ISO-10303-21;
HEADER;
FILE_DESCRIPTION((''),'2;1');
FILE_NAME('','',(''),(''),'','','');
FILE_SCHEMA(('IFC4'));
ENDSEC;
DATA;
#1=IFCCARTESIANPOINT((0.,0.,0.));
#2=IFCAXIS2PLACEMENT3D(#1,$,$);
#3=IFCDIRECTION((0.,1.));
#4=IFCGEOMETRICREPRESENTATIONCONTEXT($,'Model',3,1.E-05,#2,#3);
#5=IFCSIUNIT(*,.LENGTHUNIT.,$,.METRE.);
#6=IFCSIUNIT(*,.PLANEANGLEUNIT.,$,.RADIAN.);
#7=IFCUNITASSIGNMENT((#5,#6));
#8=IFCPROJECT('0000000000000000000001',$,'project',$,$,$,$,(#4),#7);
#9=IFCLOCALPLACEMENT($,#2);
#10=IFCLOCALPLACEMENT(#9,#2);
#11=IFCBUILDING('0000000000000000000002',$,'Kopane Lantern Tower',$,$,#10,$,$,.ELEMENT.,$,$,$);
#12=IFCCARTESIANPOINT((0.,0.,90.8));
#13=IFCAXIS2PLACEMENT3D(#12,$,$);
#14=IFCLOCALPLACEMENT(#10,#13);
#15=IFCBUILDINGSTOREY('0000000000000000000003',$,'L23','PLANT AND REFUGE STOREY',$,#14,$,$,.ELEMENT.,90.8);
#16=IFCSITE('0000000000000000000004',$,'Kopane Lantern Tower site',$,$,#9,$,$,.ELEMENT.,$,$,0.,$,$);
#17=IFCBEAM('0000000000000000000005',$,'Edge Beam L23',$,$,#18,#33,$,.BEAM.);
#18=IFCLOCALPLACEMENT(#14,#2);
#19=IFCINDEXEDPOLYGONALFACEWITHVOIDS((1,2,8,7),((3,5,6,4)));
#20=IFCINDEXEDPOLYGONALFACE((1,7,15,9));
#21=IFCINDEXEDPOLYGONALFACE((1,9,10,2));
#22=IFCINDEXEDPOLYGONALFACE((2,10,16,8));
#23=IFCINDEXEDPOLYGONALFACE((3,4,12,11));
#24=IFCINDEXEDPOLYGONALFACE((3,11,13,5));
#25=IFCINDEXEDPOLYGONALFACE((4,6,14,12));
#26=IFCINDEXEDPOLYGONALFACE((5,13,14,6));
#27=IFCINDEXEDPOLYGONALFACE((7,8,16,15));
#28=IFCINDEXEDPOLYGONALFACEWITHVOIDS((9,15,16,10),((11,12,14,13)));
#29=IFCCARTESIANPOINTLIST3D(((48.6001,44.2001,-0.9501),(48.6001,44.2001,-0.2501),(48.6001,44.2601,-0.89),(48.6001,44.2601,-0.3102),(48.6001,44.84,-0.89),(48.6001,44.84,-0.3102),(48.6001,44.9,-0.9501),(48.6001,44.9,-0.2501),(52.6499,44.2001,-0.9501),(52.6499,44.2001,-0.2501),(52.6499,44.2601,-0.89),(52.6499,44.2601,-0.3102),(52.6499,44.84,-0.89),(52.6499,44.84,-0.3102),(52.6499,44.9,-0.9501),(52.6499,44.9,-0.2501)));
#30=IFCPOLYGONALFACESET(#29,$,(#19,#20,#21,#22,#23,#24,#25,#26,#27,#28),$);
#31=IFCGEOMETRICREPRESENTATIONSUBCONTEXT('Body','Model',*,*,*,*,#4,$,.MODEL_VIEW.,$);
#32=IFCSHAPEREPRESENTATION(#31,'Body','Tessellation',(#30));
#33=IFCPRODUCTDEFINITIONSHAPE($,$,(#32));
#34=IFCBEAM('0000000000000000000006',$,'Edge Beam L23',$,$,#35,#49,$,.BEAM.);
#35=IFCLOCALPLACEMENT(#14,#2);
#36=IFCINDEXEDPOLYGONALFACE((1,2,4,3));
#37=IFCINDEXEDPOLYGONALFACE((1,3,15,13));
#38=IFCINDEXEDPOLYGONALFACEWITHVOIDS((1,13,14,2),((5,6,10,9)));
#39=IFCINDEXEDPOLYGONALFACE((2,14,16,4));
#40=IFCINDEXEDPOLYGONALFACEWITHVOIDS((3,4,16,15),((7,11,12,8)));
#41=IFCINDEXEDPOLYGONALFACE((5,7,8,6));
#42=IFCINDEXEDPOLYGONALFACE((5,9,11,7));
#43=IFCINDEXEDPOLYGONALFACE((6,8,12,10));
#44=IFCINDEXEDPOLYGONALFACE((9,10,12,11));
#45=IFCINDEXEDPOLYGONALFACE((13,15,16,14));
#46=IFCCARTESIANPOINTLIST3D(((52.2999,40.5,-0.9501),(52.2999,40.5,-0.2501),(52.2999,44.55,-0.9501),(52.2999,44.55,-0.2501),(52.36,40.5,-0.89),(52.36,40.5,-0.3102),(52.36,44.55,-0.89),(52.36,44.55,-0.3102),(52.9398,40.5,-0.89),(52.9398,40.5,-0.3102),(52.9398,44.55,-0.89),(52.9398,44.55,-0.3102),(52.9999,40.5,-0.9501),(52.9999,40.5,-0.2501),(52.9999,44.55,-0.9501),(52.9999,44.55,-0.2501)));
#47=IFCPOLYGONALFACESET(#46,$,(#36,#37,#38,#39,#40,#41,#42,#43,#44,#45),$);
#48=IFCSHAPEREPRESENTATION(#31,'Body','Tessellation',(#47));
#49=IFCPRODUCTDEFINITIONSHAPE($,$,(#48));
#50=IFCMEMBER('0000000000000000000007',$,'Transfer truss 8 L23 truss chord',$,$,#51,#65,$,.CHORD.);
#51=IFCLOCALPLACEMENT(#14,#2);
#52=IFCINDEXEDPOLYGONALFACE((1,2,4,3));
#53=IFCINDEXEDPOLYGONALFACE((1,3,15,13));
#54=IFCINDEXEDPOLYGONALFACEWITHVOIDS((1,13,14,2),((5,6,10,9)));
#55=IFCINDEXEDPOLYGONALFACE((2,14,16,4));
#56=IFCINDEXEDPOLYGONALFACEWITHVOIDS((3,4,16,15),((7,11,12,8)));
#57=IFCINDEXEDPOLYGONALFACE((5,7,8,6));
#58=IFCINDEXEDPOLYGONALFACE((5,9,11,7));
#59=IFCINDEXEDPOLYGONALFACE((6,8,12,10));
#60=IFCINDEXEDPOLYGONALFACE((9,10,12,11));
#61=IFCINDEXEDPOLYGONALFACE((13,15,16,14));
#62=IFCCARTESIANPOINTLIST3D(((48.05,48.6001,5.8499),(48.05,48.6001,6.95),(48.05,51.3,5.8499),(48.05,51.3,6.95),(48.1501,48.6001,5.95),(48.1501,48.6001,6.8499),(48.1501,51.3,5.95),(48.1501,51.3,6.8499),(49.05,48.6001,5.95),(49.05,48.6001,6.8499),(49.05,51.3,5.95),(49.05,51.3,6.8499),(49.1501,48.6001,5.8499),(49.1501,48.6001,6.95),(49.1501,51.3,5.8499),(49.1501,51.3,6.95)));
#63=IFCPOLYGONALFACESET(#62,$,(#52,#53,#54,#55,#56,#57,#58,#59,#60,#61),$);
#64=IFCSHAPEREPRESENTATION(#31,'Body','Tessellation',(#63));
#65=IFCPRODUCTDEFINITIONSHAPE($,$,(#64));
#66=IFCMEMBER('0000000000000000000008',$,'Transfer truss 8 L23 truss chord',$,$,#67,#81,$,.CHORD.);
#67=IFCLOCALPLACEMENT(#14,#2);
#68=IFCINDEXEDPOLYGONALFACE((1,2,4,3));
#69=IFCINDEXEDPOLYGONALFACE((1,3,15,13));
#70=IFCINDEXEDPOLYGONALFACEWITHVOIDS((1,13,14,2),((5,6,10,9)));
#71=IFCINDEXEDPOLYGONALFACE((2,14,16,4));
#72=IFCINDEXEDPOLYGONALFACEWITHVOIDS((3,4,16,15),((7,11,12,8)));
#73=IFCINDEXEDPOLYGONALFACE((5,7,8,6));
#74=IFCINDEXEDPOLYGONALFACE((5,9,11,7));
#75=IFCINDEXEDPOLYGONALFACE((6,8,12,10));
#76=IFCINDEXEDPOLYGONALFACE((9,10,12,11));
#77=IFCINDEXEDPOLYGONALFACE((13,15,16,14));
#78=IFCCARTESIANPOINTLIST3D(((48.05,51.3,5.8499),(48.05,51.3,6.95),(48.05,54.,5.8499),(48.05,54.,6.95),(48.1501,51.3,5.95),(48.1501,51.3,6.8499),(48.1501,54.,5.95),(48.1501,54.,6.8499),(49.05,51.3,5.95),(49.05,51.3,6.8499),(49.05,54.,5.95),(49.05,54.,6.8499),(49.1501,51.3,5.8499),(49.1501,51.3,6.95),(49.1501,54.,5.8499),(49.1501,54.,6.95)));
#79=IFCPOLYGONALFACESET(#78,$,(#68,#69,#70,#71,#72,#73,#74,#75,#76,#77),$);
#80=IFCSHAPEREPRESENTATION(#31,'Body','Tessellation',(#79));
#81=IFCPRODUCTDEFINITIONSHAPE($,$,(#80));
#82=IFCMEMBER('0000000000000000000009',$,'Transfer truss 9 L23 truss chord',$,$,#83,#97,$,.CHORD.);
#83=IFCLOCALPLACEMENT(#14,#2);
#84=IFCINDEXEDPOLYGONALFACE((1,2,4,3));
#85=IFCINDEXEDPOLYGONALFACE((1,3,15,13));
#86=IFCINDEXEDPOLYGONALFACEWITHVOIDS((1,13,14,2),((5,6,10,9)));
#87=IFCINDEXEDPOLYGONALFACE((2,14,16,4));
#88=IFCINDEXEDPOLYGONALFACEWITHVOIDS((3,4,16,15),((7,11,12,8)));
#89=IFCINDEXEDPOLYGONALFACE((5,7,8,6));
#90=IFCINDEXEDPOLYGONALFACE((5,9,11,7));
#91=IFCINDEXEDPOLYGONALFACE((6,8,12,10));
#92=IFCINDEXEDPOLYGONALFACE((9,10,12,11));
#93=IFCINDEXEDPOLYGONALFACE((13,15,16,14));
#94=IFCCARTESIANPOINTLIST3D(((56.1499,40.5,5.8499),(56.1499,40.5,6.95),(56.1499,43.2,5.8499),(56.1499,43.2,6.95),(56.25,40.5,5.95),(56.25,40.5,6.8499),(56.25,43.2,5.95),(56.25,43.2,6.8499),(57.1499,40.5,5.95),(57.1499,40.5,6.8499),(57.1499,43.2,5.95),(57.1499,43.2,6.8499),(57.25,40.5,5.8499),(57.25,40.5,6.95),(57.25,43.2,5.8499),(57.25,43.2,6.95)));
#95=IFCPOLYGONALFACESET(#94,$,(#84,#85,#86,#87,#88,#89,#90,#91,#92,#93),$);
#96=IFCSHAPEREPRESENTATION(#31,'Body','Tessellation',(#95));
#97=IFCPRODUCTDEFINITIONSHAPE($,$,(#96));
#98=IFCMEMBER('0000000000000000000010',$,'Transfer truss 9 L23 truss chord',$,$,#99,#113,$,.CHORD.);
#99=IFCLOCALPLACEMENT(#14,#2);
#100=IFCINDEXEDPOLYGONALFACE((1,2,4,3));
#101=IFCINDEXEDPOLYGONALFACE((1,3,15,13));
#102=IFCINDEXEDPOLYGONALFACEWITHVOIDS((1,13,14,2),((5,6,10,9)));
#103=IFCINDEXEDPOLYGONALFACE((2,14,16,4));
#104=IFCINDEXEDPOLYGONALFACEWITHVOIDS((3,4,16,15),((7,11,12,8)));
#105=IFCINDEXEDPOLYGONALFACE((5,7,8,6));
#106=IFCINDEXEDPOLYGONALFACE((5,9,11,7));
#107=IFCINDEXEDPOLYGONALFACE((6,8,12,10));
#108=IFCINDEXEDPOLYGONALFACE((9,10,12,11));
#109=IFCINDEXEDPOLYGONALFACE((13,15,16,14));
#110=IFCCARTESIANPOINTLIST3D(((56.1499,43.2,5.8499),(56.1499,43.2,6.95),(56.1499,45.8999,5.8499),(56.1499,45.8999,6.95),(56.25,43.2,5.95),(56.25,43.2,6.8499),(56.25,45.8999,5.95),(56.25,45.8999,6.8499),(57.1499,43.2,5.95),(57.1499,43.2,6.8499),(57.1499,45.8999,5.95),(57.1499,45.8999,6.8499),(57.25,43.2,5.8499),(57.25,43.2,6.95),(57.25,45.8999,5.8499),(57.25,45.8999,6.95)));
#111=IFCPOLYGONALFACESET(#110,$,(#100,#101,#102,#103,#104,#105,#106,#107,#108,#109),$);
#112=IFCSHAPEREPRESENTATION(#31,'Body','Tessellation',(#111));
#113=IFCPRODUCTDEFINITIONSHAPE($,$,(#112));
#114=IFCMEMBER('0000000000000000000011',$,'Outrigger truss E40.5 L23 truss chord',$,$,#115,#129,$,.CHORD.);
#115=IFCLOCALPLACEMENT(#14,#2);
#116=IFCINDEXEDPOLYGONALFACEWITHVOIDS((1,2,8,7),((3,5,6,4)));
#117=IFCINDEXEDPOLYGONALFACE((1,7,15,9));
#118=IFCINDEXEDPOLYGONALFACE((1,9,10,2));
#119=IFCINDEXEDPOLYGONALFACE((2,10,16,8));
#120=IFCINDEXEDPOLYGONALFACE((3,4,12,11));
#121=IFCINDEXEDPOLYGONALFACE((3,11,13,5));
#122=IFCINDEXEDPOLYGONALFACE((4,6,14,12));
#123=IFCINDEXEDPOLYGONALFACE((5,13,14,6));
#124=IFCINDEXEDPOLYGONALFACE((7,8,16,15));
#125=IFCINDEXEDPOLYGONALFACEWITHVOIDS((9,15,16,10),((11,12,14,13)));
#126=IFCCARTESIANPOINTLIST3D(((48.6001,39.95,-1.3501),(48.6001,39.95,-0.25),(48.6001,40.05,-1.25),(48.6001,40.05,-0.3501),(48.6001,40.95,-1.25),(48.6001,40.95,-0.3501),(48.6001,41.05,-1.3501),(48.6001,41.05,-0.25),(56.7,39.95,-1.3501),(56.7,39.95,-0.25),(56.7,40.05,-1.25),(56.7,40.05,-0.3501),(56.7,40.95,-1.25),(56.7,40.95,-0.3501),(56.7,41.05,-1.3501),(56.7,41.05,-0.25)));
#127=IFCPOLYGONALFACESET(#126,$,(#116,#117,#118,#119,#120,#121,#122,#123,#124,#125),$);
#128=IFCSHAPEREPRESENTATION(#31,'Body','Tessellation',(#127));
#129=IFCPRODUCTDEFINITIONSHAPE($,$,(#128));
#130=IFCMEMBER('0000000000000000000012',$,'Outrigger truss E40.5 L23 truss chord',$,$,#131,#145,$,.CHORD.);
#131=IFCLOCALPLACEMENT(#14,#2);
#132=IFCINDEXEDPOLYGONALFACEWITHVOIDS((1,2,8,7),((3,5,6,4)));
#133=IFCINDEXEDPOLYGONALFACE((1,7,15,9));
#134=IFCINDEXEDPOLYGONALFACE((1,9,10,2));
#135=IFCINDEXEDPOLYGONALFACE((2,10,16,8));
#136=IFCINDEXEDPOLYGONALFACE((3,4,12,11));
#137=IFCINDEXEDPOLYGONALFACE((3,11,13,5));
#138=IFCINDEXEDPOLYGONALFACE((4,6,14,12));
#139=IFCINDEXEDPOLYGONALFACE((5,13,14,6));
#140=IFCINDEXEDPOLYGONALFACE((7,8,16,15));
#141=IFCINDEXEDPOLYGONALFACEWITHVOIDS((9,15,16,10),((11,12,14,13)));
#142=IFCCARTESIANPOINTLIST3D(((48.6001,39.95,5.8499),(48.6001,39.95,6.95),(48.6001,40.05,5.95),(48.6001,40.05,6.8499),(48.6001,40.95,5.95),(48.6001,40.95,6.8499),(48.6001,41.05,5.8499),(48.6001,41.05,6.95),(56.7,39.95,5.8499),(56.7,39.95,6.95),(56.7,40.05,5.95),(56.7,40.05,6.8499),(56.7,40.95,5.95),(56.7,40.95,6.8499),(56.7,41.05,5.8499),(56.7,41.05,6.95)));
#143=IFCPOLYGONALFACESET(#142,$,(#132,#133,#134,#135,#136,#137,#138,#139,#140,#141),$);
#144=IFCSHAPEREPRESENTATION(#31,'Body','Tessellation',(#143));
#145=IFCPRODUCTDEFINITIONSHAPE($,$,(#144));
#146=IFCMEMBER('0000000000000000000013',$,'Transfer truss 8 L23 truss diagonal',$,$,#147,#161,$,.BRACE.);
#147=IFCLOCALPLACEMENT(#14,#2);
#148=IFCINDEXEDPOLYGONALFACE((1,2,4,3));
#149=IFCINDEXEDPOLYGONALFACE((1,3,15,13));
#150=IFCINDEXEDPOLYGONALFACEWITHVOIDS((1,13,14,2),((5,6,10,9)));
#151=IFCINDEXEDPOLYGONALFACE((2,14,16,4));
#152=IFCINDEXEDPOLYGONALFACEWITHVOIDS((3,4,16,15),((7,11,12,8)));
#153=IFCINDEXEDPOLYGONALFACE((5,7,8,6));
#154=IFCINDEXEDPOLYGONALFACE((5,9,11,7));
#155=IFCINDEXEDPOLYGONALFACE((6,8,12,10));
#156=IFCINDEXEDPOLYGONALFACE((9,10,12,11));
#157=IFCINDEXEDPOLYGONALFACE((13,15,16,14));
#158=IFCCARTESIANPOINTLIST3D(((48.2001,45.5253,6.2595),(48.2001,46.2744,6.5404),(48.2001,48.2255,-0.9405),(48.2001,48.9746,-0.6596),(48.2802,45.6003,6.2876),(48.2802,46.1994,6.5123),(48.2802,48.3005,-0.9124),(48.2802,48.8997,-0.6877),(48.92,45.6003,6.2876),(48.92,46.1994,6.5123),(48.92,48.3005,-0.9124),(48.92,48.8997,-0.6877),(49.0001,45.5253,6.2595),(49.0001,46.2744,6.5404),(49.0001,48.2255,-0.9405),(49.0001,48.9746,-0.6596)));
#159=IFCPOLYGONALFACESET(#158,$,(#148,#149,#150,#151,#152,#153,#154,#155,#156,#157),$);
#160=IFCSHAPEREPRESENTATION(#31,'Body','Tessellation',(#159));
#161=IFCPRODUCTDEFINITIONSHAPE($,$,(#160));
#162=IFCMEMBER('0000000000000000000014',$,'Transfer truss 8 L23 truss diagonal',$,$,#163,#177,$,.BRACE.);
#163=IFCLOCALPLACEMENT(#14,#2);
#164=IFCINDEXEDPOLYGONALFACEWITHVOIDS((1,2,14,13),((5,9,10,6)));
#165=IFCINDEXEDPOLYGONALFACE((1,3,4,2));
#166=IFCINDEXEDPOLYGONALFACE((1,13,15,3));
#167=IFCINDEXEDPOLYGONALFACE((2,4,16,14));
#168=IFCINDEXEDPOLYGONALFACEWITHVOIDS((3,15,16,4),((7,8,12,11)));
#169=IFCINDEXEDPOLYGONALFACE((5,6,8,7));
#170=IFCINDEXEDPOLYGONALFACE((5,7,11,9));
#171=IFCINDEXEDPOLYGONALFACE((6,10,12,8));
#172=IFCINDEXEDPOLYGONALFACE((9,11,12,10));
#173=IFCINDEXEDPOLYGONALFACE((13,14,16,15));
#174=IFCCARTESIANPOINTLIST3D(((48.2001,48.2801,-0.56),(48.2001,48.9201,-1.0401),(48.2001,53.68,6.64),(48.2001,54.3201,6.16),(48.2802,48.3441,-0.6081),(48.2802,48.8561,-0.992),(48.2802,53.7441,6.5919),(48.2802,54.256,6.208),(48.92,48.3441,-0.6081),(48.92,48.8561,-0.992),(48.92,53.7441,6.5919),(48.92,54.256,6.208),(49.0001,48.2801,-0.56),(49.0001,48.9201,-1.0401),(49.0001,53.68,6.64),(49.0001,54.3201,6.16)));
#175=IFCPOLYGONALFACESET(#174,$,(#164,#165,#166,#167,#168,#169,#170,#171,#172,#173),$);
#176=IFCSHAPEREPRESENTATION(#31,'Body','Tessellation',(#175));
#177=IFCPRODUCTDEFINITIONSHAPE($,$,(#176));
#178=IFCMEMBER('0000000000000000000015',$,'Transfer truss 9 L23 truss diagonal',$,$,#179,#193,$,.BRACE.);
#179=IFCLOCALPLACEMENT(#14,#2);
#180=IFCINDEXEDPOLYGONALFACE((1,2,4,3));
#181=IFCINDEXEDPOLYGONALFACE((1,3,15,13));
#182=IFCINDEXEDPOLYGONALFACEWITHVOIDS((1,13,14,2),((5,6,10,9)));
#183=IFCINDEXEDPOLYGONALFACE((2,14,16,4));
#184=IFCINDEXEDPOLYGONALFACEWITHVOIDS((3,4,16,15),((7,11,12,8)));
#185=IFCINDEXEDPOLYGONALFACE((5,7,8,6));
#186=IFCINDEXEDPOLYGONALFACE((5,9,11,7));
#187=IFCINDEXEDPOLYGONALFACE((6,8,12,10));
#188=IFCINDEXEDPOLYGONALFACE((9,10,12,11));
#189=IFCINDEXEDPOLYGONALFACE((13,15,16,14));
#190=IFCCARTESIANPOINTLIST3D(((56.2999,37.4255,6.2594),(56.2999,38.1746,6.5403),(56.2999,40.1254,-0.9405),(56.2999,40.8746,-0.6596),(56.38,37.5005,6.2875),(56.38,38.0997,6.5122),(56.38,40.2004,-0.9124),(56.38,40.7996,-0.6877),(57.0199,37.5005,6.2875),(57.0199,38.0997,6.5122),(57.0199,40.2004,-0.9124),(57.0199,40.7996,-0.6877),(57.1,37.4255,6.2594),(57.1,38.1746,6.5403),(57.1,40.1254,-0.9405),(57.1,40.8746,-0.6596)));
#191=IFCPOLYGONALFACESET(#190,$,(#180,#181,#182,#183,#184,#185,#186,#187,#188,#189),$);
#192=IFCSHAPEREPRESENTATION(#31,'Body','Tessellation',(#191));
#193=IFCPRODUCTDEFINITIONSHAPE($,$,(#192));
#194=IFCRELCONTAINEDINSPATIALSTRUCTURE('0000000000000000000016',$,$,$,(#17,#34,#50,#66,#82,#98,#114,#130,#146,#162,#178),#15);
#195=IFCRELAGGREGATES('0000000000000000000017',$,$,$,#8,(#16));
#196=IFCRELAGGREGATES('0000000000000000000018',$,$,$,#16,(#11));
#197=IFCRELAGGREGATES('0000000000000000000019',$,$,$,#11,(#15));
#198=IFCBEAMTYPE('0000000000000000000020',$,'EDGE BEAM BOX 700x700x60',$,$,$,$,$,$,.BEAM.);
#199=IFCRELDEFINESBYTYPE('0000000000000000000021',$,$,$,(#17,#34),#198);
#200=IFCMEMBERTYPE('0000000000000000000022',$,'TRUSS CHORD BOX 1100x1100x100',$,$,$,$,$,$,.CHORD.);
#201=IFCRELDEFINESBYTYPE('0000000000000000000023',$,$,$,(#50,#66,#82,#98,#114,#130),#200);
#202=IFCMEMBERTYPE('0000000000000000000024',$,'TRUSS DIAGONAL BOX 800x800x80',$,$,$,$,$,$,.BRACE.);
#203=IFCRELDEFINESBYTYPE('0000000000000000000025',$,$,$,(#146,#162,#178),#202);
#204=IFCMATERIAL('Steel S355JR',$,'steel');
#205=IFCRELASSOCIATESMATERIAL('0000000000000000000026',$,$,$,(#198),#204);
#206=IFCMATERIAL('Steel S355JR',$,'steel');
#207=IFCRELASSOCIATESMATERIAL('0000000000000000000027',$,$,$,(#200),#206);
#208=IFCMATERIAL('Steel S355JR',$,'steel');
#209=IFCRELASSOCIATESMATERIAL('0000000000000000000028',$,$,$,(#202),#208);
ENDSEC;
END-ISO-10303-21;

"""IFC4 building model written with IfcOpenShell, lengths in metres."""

from ifc_helpers import new_model, si_unit, direction, frame, origin, origin_2d, place, context, subcontext, project, spatial, hollow_rectangle, extrude, material, material_profile, profile_set, type_object, element, save


model = new_model("IFC4")

# Units and contexts
model_context = context("Model", 3, precision=1e-05, world=origin(), true_north=direction((0.0, 1.0)))
body_context = subcontext(model_context, "Body", "Model", "MODEL_VIEW")
ifc_project = project(units=[si_unit("LENGTHUNIT", "METRE"), si_unit("PLANEANGLEUNIT", "RADIAN")], contexts=[model_context])

# Site, building, storey
site_placement = place(None, origin())
site = spatial("IfcSite", under=ifc_project, at=site_placement, Name="Kopane Lantern Tower site", CompositionType="ELEMENT", RefElevation=0.0)
building_placement = place(site_placement, origin())
building = spatial("IfcBuilding", under=site, at=building_placement, Name="Kopane Lantern Tower", CompositionType="ELEMENT")
storey_placement = place(building_placement, frame((0.0, 0.0, 90.8)))
storey = spatial("IfcBuildingStorey", under=building, at=storey_placement, Name="L23", Description="PLANT AND REFUGE STOREY", CompositionType="ELEMENT", Elevation=90.8)

# Beams
ifc_material_1 = material(Name="Steel S355JR", Category="steel")
ifc_material_profile_1 = material_profile(ifc_material_1, hollow_rectangle(XDim=0.7, YDim=0.7, WallThickness=0.0601, at=origin_2d()), Name="BOX 700x700x60")
ifc_profile_set_1 = profile_set([ifc_material_profile_1], Name="Steel S355JR")
beam_type = type_object("IfcBeamType", Name="EDGE BEAM BOX 700x700x60", PredefinedType="BEAM", material=ifc_profile_set_1)
beam_1_placement = place(storey_placement, frame((52.6499, 44.55, -0.6001), z_axis=(-1.0, 0.0, 0.0), x_axis=(0.0, -1.0, 0.0)))
element("IfcBeam", 1, at=beam_1_placement, inside=storey, type_object=beam_type, Name="Edge Beam L23", PredefinedType="BEAM", context=body_context, shape_type="SweptSolid", body=[
    extrude(hollow_rectangle(XDim=0.7, YDim=0.7, WallThickness=0.0601, at=origin_2d()), origin(), (0.0, 0.0, 1.0), 4.0498),
])
beam_2_placement = place(storey_placement, frame((52.6499, 44.55, -0.6001), z_axis=(0.0, -1.0, 0.0), x_axis=(1.0, 0.0, 0.0)))
element("IfcBeam", 2, at=beam_2_placement, inside=storey, type_object=beam_type, Name="Edge Beam L23", PredefinedType="BEAM", context=body_context, shape_type="SweptSolid", body=[
    extrude(hollow_rectangle(XDim=0.7, YDim=0.7, WallThickness=0.0601, at=origin_2d()), origin(), (0.0, 0.0, 1.0), 4.05),
])

# Members
ifc_material_2 = material(Name="Steel S355JR", Category="steel")
ifc_material_profile_2 = material_profile(ifc_material_2, hollow_rectangle(XDim=1.1001, YDim=1.1001, WallThickness=0.1001, at=origin_2d()), Name="BOX 1100x1100x100")
ifc_profile_set_2 = profile_set([ifc_material_profile_2], Name="Steel S355JR")
member_type_1 = type_object("IfcMemberType", Name="TRUSS CHORD BOX 1100x1100x100", PredefinedType="CHORD", material=ifc_profile_set_2)
for number, where, z_axis, x_axis, name in (
    (3, (48.6001, 48.6001, 6.3999), (0.0, 1.0, 0.0), (-1.0, 0.0, 0.0), "Transfer truss 8 L23 truss chord"),
    (4, (48.6001, 51.3, 6.3999), (0.0, 1.0, 0.0), (-1.0, 0.0, 0.0), "Transfer truss 8 L23 truss chord"),
    (5, (56.7, 40.5, 6.3999), (0.0, 1.0, 0.0), (-1.0, 0.0, 0.0), "Transfer truss 9 L23 truss chord"),
    (6, (56.7, 43.2, 6.3999), (0.0, 1.0, 0.0), (-1.0, 0.0, 0.0), "Transfer truss 9 L23 truss chord"),
):
    element("IfcMember", number, at=place(storey_placement, frame(where, z_axis=z_axis, x_axis=x_axis)), inside=storey, type_object=member_type_1, Name=name, PredefinedType="CHORD", context=body_context, shape_type="SweptSolid", body=[
        extrude(hollow_rectangle(XDim=1.1001, YDim=1.1001, WallThickness=0.1001, at=origin_2d()), origin(), (0.0, 0.0, 1.0), 2.7),
    ])
for number, where, z_axis, x_axis, name in (
    (7, (56.7, 40.5, -0.8), (-1.0, 0.0, 0.0), (0.0, -1.0, 0.0), "Outrigger truss E40.5 L23 truss chord"),
    (8, (56.7, 40.5, 6.3999), (-1.0, 0.0, 0.0), (0.0, -1.0, 0.0), "Outrigger truss E40.5 L23 truss chord"),
):
    element("IfcMember", number, at=place(storey_placement, frame(where, z_axis=z_axis, x_axis=x_axis)), inside=storey, type_object=member_type_1, Name=name, PredefinedType="CHORD", context=body_context, shape_type="SweptSolid", body=[
        extrude(hollow_rectangle(XDim=1.1001, YDim=1.1001, WallThickness=0.1001, at=origin_2d()), origin(), (0.0, 0.0, 1.0), 8.0999),
    ])
ifc_material_3 = material(Name="Steel S355JR", Category="steel")
ifc_material_profile_3 = material_profile(ifc_material_3, hollow_rectangle(XDim=0.8, YDim=0.8, WallThickness=0.0801, at=origin_2d()), Name="BOX 800x800x80")
ifc_profile_set_3 = profile_set([ifc_material_profile_3], Name="Steel S355JR")
member_type_2 = type_object("IfcMemberType", Name="TRUSS DIAGONAL BOX 800x800x80", PredefinedType="BRACE", material=ifc_profile_set_3)
member_1_placement = place(storey_placement, frame((48.6001, 48.6001, -0.8), z_axis=(0.0, -0.351148, 0.93632), x_axis=(1.0, 0.0, 0.0)))
element("IfcMember", 9, at=member_1_placement, inside=storey, type_object=member_type_2, Name="Transfer truss 8 L23 truss diagonal", PredefinedType="BRACE", context=body_context, shape_type="SweptSolid", body=[
    extrude(hollow_rectangle(XDim=0.8, YDim=0.8, WallThickness=0.0801, at=origin_2d()), origin(), (0.0, 0.0, 1.0), 7.6897),
])
member_2_placement = place(storey_placement, frame((48.6001, 48.6001, -0.8), z_axis=(0.0, 0.599996, 0.800003), x_axis=(-1.0, 0.0, 0.0)))
element("IfcMember", 10, at=member_2_placement, inside=storey, type_object=member_type_2, Name="Transfer truss 8 L23 truss diagonal", PredefinedType="BRACE", context=body_context, shape_type="SweptSolid", body=[
    extrude(hollow_rectangle(XDim=0.8, YDim=0.8, WallThickness=0.0801, at=origin_2d()), origin(), (0.0, 0.0, 1.0), 9.0),
])
member_3_placement = place(storey_placement, frame((56.7, 40.5, -0.8), z_axis=(0.0, -0.35112, 0.93633), x_axis=(1.0, 0.0, 0.0)))
element("IfcMember", 11, at=member_3_placement, inside=storey, type_object=member_type_2, Name="Transfer truss 9 L23 truss diagonal", PredefinedType="BRACE", context=body_context, shape_type="SweptSolid", body=[
    extrude(hollow_rectangle(XDim=0.8, YDim=0.8, WallThickness=0.0801, at=origin_2d()), origin(), (0.0, 0.0, 1.0), 7.6895),
])

save(model, "model.ifc")
